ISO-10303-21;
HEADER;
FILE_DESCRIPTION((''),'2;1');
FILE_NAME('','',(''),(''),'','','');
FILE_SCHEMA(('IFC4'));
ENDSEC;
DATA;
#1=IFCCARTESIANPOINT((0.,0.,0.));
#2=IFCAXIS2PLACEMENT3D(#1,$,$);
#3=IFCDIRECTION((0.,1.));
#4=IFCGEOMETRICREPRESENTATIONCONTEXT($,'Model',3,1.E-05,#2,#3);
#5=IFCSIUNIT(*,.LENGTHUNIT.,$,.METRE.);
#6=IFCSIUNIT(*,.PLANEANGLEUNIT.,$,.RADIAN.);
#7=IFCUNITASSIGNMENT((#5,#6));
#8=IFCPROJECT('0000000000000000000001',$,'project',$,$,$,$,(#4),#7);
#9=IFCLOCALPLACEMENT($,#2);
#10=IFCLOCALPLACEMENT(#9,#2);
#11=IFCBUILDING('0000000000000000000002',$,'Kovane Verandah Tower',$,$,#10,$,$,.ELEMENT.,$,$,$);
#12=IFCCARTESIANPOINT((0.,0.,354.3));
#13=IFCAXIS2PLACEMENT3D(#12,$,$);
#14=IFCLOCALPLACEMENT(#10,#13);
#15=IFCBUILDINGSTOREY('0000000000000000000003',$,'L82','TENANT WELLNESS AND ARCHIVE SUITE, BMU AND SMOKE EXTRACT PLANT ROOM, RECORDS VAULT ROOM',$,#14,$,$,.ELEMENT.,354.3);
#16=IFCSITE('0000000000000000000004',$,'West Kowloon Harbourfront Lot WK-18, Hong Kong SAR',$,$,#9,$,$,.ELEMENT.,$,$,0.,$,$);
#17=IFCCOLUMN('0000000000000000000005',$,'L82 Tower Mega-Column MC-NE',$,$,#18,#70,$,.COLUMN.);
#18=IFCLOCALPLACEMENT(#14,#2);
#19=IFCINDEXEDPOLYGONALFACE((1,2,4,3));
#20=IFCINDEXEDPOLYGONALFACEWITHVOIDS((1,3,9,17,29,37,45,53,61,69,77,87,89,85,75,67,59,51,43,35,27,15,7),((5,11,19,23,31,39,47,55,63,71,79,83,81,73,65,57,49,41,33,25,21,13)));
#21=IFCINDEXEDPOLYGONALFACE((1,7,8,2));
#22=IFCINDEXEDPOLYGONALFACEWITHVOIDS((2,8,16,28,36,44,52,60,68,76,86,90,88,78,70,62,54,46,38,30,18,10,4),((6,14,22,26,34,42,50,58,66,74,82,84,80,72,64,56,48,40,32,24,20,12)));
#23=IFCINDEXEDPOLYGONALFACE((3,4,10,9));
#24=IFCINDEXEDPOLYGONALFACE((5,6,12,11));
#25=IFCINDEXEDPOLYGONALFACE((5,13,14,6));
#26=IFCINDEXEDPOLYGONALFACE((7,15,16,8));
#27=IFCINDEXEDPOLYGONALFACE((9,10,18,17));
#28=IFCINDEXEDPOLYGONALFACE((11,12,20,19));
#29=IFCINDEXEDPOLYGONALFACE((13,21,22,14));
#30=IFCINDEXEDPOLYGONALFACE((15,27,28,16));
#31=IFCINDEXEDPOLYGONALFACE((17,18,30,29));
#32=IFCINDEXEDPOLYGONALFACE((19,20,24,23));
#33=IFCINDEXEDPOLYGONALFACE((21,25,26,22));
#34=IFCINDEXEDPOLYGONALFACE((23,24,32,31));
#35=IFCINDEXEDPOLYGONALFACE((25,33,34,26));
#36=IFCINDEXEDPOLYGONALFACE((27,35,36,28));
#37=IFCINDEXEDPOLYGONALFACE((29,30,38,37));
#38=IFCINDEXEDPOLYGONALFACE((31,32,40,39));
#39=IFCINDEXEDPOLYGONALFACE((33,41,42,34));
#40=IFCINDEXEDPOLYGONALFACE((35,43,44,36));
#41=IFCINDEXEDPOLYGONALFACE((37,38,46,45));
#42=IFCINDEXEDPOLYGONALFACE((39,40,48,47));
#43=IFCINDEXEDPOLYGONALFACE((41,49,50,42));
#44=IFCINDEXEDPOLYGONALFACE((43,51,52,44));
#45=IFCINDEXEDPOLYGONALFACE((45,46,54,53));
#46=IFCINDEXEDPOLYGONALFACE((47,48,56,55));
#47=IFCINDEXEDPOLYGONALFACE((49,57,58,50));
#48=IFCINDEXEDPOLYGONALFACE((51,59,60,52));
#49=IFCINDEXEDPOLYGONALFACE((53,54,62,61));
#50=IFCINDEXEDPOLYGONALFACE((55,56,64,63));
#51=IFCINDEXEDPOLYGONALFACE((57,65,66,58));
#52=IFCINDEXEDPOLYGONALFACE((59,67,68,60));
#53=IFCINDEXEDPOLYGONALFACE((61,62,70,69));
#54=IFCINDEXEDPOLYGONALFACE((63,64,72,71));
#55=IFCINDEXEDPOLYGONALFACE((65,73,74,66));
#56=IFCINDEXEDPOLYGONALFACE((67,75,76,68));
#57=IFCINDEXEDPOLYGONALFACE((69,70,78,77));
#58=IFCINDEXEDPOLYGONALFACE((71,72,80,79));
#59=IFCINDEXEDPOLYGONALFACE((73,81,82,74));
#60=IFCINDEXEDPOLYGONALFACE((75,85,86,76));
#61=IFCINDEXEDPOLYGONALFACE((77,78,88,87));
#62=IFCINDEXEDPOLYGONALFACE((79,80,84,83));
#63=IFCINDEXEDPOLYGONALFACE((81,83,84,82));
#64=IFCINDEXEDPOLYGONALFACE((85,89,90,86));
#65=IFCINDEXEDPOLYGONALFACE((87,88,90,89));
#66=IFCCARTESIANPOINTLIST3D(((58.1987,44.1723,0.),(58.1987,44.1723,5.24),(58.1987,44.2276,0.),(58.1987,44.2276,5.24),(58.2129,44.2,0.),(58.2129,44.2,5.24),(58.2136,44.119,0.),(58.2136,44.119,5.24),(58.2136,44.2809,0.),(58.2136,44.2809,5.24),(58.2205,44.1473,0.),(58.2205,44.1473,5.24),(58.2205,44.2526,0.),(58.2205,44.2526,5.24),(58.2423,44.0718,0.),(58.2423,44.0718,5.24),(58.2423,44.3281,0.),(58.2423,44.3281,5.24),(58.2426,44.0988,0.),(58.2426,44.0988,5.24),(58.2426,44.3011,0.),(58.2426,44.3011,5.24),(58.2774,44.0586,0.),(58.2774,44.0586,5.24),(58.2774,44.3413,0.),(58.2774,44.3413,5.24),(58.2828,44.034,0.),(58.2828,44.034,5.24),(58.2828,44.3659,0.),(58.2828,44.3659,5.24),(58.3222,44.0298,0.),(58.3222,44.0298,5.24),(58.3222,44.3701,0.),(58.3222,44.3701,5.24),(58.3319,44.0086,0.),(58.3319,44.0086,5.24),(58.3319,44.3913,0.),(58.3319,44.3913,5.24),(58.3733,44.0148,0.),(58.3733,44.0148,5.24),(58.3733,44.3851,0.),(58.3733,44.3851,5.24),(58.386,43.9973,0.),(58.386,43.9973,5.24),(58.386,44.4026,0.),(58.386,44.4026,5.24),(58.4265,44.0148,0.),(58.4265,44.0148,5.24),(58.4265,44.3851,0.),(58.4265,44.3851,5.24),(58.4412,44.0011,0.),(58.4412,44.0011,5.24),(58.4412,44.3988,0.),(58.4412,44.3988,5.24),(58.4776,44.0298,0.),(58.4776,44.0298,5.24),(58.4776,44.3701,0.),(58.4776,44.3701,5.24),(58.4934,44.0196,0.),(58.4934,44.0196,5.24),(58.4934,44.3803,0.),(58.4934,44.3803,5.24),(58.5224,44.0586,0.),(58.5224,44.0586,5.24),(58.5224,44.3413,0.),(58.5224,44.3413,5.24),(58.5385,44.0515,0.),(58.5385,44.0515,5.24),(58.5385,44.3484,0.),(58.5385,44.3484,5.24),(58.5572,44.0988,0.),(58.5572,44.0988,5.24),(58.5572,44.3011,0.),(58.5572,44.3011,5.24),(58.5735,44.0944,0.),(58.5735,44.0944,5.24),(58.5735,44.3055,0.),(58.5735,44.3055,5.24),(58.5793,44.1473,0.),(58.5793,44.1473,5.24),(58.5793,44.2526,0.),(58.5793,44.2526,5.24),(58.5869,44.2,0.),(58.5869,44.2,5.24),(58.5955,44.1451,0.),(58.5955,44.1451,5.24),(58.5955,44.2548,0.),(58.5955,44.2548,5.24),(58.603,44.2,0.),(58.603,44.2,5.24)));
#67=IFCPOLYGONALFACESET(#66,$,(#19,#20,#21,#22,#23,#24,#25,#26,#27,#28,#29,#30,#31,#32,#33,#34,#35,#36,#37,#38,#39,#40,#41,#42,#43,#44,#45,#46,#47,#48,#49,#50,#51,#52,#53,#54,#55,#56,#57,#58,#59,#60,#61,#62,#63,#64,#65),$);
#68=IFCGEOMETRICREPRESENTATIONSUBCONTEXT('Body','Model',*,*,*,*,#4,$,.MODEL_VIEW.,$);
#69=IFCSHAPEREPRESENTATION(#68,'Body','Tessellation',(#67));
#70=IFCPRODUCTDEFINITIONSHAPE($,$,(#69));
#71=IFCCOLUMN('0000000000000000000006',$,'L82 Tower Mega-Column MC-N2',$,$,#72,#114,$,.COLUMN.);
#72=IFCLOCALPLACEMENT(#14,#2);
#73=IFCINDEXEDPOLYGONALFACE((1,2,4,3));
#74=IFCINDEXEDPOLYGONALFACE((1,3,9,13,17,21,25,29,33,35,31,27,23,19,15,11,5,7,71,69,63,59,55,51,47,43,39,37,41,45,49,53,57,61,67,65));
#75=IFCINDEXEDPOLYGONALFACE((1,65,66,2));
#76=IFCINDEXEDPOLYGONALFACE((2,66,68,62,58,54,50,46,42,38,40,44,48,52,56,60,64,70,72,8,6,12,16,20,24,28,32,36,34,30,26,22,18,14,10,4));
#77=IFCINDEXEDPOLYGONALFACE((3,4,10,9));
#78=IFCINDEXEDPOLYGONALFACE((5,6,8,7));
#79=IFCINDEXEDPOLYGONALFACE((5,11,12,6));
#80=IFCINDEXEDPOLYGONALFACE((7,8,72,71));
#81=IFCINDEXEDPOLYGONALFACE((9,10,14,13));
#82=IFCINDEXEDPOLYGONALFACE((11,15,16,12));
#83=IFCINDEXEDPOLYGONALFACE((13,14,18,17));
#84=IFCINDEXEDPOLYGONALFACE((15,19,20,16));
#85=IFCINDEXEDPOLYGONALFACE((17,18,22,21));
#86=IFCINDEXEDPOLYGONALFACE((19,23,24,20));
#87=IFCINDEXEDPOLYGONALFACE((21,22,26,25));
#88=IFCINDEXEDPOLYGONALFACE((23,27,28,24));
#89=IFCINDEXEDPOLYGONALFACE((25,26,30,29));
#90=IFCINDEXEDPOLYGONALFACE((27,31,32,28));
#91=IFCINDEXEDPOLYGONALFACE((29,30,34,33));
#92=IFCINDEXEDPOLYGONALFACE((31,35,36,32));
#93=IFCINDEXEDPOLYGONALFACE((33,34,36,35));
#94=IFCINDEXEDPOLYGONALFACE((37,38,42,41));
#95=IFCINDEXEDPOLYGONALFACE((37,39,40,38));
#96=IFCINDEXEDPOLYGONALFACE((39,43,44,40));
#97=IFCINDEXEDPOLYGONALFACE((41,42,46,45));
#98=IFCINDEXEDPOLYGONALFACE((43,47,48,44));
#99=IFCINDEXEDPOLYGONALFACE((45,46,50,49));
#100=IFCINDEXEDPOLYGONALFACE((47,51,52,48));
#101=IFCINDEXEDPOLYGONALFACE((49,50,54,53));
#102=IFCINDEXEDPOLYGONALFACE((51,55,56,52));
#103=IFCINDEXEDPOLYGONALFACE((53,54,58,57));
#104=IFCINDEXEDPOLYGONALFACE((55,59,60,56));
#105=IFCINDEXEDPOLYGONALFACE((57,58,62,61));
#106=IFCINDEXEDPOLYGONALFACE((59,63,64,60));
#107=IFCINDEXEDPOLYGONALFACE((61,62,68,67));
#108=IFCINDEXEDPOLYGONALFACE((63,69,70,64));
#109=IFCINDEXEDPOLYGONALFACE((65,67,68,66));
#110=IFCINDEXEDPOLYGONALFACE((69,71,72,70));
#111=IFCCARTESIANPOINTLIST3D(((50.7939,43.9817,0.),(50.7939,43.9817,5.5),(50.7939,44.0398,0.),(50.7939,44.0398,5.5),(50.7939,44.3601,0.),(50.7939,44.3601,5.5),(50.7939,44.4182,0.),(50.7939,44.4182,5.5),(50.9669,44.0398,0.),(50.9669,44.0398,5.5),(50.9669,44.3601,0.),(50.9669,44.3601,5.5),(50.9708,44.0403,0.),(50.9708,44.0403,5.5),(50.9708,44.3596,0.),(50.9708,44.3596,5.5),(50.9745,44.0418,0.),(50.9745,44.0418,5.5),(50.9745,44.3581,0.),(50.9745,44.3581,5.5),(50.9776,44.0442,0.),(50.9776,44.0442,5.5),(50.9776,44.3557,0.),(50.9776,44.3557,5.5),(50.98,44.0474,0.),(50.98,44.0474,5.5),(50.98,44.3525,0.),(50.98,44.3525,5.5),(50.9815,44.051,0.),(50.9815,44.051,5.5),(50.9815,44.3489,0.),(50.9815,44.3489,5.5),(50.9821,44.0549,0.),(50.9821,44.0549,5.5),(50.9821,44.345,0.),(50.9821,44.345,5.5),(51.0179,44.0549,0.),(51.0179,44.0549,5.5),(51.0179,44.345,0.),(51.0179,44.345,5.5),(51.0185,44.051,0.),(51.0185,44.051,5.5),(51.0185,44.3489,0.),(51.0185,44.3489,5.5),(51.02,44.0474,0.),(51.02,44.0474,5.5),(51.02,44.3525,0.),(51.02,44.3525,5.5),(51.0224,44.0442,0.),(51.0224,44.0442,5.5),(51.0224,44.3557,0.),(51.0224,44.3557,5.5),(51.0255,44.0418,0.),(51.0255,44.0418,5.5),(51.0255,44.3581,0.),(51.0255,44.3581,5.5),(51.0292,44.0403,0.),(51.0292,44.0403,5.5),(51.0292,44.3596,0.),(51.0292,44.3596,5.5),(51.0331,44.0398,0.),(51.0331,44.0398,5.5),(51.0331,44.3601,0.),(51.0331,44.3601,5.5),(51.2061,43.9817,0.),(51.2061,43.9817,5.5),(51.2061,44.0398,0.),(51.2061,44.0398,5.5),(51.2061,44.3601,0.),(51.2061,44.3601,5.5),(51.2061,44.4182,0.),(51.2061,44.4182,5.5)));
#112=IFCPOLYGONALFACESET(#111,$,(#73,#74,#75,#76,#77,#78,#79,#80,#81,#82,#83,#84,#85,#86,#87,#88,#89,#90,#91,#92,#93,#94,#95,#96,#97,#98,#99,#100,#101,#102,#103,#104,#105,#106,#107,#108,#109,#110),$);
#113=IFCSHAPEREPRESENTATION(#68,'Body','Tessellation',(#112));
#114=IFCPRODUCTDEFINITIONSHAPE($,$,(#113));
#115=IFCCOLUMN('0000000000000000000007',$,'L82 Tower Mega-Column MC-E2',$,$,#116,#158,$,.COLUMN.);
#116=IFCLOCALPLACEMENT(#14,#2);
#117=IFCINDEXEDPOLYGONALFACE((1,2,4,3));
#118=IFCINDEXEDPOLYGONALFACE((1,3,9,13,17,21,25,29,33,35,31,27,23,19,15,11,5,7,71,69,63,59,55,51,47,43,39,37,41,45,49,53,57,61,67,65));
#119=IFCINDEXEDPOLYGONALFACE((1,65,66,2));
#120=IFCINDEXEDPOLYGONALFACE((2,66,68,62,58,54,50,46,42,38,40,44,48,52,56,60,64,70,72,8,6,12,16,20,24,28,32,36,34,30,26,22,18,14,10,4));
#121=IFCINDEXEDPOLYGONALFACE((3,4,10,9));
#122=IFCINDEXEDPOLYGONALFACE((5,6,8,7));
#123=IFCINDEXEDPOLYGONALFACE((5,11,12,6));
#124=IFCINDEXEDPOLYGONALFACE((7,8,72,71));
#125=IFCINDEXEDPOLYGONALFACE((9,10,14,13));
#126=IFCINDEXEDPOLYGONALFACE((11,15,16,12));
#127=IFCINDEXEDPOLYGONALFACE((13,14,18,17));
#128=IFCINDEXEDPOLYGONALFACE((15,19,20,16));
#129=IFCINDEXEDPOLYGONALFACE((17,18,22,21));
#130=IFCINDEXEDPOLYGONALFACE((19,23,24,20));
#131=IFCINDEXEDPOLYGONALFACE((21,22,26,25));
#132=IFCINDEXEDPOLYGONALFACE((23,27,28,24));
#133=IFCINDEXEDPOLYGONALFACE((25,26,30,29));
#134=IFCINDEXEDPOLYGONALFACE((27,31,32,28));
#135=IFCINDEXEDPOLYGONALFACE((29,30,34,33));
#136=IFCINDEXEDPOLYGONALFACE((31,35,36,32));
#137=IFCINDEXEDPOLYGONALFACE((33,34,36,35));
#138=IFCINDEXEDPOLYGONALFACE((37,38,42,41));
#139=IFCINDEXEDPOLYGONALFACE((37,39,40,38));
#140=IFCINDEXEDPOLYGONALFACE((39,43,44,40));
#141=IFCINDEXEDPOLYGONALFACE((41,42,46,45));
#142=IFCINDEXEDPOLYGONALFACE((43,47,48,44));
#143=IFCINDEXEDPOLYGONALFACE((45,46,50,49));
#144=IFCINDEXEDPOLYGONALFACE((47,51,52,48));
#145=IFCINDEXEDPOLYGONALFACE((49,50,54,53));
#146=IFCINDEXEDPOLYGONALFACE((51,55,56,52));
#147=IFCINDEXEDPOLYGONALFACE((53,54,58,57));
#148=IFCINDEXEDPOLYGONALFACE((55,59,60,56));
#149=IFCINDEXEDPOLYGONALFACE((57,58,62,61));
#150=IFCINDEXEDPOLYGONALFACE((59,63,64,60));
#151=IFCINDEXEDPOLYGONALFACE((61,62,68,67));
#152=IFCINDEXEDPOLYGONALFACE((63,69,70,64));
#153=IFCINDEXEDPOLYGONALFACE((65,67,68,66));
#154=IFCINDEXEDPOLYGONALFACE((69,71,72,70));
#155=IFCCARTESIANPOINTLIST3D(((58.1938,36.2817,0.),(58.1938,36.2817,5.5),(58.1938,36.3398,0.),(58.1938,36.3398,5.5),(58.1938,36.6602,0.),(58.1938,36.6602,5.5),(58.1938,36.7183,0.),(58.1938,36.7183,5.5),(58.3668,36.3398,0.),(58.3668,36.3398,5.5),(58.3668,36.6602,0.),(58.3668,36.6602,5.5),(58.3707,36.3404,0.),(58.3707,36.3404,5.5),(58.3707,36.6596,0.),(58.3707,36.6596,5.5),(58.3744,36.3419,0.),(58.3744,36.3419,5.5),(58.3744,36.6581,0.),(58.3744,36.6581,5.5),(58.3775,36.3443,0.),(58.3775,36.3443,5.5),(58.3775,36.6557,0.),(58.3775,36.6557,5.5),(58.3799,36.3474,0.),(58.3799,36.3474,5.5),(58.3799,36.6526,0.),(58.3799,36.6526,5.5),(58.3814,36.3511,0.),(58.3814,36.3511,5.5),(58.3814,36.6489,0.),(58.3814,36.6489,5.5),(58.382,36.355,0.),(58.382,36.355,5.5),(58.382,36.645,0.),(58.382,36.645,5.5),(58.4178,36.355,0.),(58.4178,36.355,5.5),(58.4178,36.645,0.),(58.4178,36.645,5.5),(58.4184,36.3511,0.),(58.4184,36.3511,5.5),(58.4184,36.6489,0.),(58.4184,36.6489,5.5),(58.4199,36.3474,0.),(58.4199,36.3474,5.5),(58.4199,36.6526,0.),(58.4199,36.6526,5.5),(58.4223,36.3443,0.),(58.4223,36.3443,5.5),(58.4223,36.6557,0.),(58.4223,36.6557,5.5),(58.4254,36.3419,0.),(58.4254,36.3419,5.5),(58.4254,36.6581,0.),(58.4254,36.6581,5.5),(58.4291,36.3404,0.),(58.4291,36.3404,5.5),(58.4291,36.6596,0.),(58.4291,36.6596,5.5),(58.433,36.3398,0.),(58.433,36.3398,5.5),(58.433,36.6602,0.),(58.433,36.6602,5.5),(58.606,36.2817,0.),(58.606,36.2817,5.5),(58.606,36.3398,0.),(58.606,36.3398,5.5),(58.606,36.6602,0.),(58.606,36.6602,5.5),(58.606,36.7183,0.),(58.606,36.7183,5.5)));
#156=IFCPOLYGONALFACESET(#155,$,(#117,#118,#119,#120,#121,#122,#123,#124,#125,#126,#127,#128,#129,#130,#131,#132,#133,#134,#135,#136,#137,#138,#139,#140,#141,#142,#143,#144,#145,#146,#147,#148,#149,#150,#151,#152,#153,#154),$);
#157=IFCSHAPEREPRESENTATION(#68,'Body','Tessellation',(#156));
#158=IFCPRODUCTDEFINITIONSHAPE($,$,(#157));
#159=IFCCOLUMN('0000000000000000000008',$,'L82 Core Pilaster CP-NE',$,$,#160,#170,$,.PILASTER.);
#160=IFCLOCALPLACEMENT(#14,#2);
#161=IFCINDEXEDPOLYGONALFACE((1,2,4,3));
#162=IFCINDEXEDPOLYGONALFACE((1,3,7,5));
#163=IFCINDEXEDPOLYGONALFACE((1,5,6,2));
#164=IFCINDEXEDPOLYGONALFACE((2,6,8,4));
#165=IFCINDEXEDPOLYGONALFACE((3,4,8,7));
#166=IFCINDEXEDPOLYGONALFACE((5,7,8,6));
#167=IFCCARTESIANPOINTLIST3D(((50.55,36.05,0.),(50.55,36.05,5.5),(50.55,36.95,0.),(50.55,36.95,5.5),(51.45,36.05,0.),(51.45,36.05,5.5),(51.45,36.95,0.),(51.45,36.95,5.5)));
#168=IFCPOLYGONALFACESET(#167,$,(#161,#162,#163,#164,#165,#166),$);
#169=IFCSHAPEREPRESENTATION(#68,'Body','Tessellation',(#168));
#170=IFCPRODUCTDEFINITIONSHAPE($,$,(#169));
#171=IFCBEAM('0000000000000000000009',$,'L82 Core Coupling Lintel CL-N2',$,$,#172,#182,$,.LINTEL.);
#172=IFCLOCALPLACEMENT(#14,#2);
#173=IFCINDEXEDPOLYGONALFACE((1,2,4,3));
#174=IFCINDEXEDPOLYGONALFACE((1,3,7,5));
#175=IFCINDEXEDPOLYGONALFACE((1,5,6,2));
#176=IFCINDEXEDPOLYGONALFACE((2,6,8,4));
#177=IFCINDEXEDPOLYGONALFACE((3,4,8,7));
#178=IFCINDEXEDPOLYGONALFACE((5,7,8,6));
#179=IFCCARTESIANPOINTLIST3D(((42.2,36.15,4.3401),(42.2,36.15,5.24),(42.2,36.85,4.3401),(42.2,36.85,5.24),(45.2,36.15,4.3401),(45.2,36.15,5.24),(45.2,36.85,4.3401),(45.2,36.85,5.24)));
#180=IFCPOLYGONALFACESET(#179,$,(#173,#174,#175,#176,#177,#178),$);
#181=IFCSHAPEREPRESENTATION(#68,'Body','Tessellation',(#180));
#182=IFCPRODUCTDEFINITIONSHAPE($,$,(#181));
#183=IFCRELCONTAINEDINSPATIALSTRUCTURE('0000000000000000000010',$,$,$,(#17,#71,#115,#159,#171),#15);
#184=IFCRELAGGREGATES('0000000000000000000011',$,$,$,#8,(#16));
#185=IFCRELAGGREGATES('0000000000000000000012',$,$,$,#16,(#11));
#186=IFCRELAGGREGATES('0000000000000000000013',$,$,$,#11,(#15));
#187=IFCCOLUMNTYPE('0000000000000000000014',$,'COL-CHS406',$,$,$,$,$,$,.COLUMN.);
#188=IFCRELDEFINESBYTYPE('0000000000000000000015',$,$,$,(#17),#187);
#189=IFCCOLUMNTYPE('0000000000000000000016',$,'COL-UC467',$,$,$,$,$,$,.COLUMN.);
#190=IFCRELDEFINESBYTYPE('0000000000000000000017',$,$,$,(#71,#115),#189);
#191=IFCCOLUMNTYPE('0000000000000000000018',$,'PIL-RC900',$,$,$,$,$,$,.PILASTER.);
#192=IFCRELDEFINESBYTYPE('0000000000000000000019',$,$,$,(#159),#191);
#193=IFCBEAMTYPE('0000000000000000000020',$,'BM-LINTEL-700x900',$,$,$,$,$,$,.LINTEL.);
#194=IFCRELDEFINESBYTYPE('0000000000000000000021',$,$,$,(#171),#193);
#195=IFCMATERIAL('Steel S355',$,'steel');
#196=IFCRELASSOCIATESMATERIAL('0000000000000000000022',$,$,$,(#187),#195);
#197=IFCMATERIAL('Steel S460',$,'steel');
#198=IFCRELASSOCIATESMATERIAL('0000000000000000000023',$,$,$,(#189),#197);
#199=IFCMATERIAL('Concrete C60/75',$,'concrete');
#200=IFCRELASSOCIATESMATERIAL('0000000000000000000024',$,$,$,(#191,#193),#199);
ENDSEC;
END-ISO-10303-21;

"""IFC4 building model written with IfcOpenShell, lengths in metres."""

from ifc_helpers import new_model, si_unit, direction, frame, origin, origin_2d, place, context, subcontext, project, spatial, rectangle, hollow_circle, i_section, extrude, material, material_profile, profile_set, type_object, element, save


model = new_model("IFC4")

# Units and contexts
model_context = context("Model", 3, precision=1e-05, world=origin(), true_north=direction((0.0, 1.0)))
body_context = subcontext(model_context, "Body", "Model", "MODEL_VIEW")
ifc_project = project(units=[si_unit("LENGTHUNIT", "METRE"), si_unit("PLANEANGLEUNIT", "RADIAN")], contexts=[model_context])

# Site, building, storey
site_placement = place(None, origin())
site = spatial("IfcSite", under=ifc_project, at=site_placement, Name="West Kowloon Harbourfront Lot WK-18, Hong Kong SAR", CompositionType="ELEMENT", RefElevation=0.0)
building_placement = place(site_placement, origin())
building = spatial("IfcBuilding", under=site, at=building_placement, Name="Kovane Verandah Tower", CompositionType="ELEMENT")
storey_placement = place(building_placement, frame((0.0, 0.0, 354.3)))
storey = spatial("IfcBuildingStorey", under=building, at=storey_placement, Name="L82", Description="TENANT WELLNESS AND ARCHIVE SUITE, BMU AND SMOKE EXTRACT PLANT ROOM, RECORDS VAULT ROOM", CompositionType="ELEMENT", Elevation=354.3)

# Columns
ifc_material_1 = material(Name="Steel S355", Category="steel")
ifc_material_profile_1 = material_profile(ifc_material_1, hollow_circle(Radius=0.2031, WallThickness=0.0161, at=origin_2d()), Name="CHS406.4x16")
ifc_profile_set_1 = profile_set([ifc_material_profile_1], Name="Steel S355")
column_type_1 = type_object("IfcColumnType", Name="COL-CHS406", PredefinedType="COLUMN", material=ifc_profile_set_1)
column_1_placement = place(storey_placement, frame((58.3999, 44.2, 0.0), z_axis=(0.0, 0.0, 1.0), x_axis=(1.0, 0.0, 0.0)))
element("IfcColumn", 1, at=column_1_placement, inside=storey, type_object=column_type_1, Name="L82 Tower Mega-Column MC-NE", PredefinedType="COLUMN", context=body_context, shape_type="SweptSolid", body=[
    extrude(hollow_circle(Radius=0.2031, WallThickness=0.0161, at=origin_2d()), origin(), (0.0, 0.0, 1.0), 5.24),
])
ifc_material_2 = material(Name="Steel S460", Category="steel")
ifc_material_profile_2 = material_profile(ifc_material_2, i_section(OverallWidth=0.4121, OverallDepth=0.4365, WebThickness=0.0359, FlangeThickness=0.0581, FilletRadius=0.0151, at=origin_2d()), Name="UC356x406x467")
ifc_profile_set_2 = profile_set([ifc_material_profile_2], Name="Steel S460")
column_type_2 = type_object("IfcColumnType", Name="COL-UC467", PredefinedType="COLUMN", material=ifc_profile_set_2)
for number, where, z_axis, x_axis, name in (
    (2, (51.0, 44.2, 0.0), (0.0, 0.0, 1.0), (1.0, 0.0, 0.0), "L82 Tower Mega-Column MC-N2"),
    (3, (58.3999, 36.5, 0.0), (0.0, 0.0, 1.0), (1.0, 0.0, 0.0), "L82 Tower Mega-Column MC-E2"),
):
    element("IfcColumn", number, at=place(storey_placement, frame(where, z_axis=z_axis, x_axis=x_axis)), inside=storey, type_object=column_type_2, Name=name, PredefinedType="COLUMN", context=body_context, shape_type="SweptSolid", body=[
        extrude(i_section(OverallWidth=0.4121, OverallDepth=0.4365, WebThickness=0.0359, FlangeThickness=0.0581, FilletRadius=0.0151, at=origin_2d()), origin(), (0.0, 0.0, 1.0), 5.5),
    ])
ifc_material_3 = material(Name="Concrete C60/75", Category="concrete")
ifc_material_profile_3 = material_profile(ifc_material_3, rectangle(XDim=0.8999, YDim=0.8999, at=origin_2d()), Name="RC900x900")
ifc_profile_set_3 = profile_set([ifc_material_profile_3], Name="Concrete C60/75")
column_type_3 = type_object("IfcColumnType", Name="PIL-RC900", PredefinedType="PILASTER", material=ifc_profile_set_3)
column_2_placement = place(storey_placement, frame((51.0, 36.5, 0.0), z_axis=(0.0, 0.0, 1.0), x_axis=(1.0, 0.0, 0.0)))
element("IfcColumn", 4, at=column_2_placement, inside=storey, type_object=column_type_3, Name="L82 Core Pilaster CP-NE", PredefinedType="PILASTER", context=body_context, shape_type="SweptSolid", body=[
    extrude(rectangle(XDim=0.8999, YDim=0.8999, at=origin_2d()), origin(), (0.0, 0.0, 1.0), 5.5),
])

# Beam
ifc_material_profile_4 = material_profile(ifc_material_3, rectangle(XDim=0.7, YDim=0.8999, at=origin_2d()), Name="RCB700x900")
ifc_profile_set_4 = profile_set([ifc_material_profile_4], Name="Concrete C60/75")
beam_type_1 = type_object("IfcBeamType", Name="BM-LINTEL-700x900", PredefinedType="LINTEL", material=ifc_profile_set_4)
beam_1_placement = place(storey_placement, frame((42.2, 36.5, 4.79), z_axis=(1.0, 0.0, 0.0), x_axis=(0.0, 1.0, 0.0)))
element("IfcBeam", 5, at=beam_1_placement, inside=storey, type_object=beam_type_1, Name="L82 Core Coupling Lintel CL-N2", PredefinedType="LINTEL", context=body_context, shape_type="SweptSolid", body=[
    extrude(rectangle(XDim=0.7, YDim=0.8999, at=origin_2d()), origin(), (0.0, 0.0, 1.0), 3.0),
])

save(model, "model.ifc")
